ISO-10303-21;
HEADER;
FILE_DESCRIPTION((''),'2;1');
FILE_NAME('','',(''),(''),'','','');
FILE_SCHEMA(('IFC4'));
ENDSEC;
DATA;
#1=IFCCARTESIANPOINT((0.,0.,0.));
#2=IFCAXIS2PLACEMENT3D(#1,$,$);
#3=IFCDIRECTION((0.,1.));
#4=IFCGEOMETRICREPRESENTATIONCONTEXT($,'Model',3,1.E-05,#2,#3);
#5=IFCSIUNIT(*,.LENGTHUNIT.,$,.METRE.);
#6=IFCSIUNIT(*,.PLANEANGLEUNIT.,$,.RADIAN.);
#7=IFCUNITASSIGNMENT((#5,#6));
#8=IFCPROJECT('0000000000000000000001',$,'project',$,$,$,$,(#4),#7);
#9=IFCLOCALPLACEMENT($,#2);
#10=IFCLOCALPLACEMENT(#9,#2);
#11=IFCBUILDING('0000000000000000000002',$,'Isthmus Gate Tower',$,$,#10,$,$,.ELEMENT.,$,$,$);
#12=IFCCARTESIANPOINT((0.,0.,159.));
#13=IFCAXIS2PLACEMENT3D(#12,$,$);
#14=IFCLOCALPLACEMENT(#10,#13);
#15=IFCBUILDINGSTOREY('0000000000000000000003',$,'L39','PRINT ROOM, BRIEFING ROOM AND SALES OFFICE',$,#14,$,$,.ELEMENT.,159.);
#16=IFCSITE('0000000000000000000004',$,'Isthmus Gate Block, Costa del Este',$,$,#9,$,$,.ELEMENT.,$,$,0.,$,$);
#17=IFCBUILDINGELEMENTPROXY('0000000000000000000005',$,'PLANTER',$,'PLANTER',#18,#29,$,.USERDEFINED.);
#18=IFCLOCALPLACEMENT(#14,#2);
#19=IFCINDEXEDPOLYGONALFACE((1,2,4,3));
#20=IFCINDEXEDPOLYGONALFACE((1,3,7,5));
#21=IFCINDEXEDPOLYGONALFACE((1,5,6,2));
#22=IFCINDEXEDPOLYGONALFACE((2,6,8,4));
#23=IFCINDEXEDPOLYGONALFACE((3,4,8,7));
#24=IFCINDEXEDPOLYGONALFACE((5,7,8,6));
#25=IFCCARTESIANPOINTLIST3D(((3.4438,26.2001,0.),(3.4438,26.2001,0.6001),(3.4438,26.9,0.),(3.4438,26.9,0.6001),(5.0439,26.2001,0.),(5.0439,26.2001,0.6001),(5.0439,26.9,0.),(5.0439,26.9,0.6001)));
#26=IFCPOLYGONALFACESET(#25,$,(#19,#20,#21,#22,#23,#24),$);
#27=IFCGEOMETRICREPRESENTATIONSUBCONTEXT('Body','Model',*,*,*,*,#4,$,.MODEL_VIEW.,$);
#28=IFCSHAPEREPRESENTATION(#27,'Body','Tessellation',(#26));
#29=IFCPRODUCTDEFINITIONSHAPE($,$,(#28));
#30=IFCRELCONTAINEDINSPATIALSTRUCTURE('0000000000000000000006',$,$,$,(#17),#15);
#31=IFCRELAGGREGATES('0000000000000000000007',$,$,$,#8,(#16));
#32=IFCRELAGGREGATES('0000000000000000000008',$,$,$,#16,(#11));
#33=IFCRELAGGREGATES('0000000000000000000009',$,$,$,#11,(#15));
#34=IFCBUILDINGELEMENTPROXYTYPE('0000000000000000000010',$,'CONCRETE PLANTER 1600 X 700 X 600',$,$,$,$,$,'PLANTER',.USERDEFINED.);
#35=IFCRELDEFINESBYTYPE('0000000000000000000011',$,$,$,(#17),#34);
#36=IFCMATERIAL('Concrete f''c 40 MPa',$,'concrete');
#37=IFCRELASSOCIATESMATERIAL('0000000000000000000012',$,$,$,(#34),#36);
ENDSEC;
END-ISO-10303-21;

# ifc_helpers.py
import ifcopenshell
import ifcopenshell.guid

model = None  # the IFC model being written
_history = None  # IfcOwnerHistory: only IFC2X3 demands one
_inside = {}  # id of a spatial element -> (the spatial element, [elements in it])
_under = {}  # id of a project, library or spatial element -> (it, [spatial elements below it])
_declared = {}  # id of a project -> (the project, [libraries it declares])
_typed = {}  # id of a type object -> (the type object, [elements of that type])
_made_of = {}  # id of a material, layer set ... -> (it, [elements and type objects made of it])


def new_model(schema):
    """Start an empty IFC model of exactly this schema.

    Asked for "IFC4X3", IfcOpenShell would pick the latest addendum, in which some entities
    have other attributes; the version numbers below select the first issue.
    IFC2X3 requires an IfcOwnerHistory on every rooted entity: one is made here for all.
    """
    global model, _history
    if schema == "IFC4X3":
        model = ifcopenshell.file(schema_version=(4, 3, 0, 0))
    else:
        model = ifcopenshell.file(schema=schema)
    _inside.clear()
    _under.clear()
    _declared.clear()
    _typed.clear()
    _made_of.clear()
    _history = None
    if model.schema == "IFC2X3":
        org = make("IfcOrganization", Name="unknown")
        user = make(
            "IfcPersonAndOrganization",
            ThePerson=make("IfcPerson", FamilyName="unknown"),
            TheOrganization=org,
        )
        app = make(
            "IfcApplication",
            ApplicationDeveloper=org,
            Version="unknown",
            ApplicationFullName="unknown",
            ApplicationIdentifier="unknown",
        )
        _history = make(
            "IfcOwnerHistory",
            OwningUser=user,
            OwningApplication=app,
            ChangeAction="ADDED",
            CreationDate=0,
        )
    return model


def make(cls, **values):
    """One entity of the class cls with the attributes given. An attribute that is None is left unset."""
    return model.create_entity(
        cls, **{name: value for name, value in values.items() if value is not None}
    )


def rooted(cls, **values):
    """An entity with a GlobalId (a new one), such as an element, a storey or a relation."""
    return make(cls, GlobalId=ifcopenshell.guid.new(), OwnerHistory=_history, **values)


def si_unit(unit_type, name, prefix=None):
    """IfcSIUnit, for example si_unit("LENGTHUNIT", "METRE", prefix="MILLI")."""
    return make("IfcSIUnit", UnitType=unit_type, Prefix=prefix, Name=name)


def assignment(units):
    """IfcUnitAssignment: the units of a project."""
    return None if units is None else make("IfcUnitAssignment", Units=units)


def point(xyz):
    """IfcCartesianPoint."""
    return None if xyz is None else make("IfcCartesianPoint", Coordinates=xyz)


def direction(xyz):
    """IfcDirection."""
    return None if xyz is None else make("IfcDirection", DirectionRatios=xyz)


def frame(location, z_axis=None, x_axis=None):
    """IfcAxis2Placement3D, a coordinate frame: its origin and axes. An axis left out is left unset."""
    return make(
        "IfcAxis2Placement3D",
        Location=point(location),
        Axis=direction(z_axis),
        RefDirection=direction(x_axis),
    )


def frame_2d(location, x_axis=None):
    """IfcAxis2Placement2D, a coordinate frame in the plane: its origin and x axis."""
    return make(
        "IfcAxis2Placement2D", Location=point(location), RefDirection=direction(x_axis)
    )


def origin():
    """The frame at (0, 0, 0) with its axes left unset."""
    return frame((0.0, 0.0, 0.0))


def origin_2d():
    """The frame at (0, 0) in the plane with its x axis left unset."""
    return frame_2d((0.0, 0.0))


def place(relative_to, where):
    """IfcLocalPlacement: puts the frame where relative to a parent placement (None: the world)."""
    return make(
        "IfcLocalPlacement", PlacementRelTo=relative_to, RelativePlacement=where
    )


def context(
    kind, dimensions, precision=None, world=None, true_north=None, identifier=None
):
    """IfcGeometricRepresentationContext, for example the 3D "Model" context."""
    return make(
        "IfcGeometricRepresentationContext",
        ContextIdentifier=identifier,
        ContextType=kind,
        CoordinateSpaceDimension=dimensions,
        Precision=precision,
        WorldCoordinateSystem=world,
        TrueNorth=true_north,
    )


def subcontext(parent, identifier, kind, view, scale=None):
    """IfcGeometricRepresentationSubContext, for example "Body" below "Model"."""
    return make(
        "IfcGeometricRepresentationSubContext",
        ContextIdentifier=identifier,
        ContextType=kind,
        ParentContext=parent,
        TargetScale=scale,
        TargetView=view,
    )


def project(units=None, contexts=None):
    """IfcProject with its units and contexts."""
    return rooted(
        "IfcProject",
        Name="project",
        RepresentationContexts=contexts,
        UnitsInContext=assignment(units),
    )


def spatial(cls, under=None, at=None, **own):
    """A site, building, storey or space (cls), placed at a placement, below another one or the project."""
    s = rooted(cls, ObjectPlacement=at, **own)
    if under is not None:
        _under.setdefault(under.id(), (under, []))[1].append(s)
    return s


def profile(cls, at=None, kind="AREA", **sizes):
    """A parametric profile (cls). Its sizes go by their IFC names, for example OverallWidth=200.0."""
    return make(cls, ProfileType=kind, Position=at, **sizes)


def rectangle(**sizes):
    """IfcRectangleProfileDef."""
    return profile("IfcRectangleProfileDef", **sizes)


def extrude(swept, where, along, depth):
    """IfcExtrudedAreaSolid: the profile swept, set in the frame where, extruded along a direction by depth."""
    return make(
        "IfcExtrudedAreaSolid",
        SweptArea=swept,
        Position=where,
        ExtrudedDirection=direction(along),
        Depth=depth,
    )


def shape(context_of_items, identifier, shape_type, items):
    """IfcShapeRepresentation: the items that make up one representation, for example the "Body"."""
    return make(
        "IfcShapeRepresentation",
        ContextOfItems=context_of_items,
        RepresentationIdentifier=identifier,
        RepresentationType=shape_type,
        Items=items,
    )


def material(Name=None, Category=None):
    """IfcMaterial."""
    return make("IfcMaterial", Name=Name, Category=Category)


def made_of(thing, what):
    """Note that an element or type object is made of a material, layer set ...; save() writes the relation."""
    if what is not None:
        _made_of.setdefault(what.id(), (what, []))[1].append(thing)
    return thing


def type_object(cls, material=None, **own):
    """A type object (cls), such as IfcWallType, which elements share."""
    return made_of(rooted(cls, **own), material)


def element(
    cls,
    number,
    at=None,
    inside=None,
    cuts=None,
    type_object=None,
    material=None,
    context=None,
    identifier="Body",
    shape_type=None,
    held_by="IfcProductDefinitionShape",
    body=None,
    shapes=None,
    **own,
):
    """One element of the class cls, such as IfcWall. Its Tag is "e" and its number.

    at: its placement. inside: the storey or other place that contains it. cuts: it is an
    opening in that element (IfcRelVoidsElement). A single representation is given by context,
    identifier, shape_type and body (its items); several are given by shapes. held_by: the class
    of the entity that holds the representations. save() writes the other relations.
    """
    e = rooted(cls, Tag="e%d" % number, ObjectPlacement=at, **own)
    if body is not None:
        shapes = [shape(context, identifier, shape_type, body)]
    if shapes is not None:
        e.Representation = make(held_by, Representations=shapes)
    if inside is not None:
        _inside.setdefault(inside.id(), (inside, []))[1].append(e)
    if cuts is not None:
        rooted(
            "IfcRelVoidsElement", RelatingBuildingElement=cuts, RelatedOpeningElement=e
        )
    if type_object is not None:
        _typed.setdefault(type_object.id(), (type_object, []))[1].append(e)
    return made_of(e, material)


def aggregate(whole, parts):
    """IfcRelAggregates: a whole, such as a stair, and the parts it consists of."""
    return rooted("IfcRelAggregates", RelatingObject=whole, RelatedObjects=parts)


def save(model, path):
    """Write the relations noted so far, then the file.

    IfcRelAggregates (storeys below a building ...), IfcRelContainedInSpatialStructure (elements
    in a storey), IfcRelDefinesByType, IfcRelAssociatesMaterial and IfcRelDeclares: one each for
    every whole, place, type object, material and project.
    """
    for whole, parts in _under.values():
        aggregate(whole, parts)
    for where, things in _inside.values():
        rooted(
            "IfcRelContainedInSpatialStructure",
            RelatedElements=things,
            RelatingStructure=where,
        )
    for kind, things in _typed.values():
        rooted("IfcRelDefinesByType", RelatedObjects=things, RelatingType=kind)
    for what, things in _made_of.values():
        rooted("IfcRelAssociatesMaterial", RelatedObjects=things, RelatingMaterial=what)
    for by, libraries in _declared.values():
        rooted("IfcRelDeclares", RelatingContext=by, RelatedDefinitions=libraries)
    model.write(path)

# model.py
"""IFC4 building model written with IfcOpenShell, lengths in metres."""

from ifc_helpers import new_model, si_unit, direction, frame, origin, origin_2d, place, context, subcontext, project, spatial, rectangle, extrude, material, type_object, element, save


model = new_model("IFC4")

# Units and contexts
model_context = context("Model", 3, precision=1e-05, world=origin(), true_north=direction((0.0, 1.0)))
body_context = subcontext(model_context, "Body", "Model", "MODEL_VIEW")
ifc_project = project(units=[si_unit("LENGTHUNIT", "METRE"), si_unit("PLANEANGLEUNIT", "RADIAN")], contexts=[model_context])

# Site, building, storey
site_placement = place(None, origin())
site = spatial("IfcSite", under=ifc_project, at=site_placement, Name="Isthmus Gate Block, Costa del Este", CompositionType="ELEMENT", RefElevation=0.0)
building_placement = place(site_placement, origin())
building = spatial("IfcBuilding", under=site, at=building_placement, Name="Isthmus Gate Tower", CompositionType="ELEMENT")
storey_placement = place(building_placement, frame((0.0, 0.0, 159.0)))
storey = spatial("IfcBuildingStorey", under=building, at=storey_placement, Name="L39", Description="PRINT ROOM, BRIEFING ROOM AND SALES OFFICE", CompositionType="ELEMENT", Elevation=159.0)

# Building element proxy
ifc_material_1 = material(Name="Concrete f'c 40 MPa", Category="concrete")
building_element_proxy_type = type_object("IfcBuildingElementProxyType", Name="CONCRETE PLANTER 1600 X 700 X 600", ElementType="PLANTER", PredefinedType="USERDEFINED", material=ifc_material_1)
for number, where, z_axis, x_axis, name in (
    (1, (4.2439, 26.55, 0.0), (0.0, 0.0, 1.0), (-1.0, 0.0, 0.0), "PLANTER"),
):
    element("IfcBuildingElementProxy", number, at=place(storey_placement, frame(where, z_axis=z_axis, x_axis=x_axis)), inside=storey, type_object=building_element_proxy_type, Name=name, ObjectType="PLANTER", PredefinedType="USERDEFINED", context=body_context, shape_type="SweptSolid", body=[
        extrude(rectangle(XDim=1.6001, YDim=0.7, at=origin_2d()), origin(), (0.0, 0.0, 1.0), 0.6001),
    ])

save(model, "model.ifc")
